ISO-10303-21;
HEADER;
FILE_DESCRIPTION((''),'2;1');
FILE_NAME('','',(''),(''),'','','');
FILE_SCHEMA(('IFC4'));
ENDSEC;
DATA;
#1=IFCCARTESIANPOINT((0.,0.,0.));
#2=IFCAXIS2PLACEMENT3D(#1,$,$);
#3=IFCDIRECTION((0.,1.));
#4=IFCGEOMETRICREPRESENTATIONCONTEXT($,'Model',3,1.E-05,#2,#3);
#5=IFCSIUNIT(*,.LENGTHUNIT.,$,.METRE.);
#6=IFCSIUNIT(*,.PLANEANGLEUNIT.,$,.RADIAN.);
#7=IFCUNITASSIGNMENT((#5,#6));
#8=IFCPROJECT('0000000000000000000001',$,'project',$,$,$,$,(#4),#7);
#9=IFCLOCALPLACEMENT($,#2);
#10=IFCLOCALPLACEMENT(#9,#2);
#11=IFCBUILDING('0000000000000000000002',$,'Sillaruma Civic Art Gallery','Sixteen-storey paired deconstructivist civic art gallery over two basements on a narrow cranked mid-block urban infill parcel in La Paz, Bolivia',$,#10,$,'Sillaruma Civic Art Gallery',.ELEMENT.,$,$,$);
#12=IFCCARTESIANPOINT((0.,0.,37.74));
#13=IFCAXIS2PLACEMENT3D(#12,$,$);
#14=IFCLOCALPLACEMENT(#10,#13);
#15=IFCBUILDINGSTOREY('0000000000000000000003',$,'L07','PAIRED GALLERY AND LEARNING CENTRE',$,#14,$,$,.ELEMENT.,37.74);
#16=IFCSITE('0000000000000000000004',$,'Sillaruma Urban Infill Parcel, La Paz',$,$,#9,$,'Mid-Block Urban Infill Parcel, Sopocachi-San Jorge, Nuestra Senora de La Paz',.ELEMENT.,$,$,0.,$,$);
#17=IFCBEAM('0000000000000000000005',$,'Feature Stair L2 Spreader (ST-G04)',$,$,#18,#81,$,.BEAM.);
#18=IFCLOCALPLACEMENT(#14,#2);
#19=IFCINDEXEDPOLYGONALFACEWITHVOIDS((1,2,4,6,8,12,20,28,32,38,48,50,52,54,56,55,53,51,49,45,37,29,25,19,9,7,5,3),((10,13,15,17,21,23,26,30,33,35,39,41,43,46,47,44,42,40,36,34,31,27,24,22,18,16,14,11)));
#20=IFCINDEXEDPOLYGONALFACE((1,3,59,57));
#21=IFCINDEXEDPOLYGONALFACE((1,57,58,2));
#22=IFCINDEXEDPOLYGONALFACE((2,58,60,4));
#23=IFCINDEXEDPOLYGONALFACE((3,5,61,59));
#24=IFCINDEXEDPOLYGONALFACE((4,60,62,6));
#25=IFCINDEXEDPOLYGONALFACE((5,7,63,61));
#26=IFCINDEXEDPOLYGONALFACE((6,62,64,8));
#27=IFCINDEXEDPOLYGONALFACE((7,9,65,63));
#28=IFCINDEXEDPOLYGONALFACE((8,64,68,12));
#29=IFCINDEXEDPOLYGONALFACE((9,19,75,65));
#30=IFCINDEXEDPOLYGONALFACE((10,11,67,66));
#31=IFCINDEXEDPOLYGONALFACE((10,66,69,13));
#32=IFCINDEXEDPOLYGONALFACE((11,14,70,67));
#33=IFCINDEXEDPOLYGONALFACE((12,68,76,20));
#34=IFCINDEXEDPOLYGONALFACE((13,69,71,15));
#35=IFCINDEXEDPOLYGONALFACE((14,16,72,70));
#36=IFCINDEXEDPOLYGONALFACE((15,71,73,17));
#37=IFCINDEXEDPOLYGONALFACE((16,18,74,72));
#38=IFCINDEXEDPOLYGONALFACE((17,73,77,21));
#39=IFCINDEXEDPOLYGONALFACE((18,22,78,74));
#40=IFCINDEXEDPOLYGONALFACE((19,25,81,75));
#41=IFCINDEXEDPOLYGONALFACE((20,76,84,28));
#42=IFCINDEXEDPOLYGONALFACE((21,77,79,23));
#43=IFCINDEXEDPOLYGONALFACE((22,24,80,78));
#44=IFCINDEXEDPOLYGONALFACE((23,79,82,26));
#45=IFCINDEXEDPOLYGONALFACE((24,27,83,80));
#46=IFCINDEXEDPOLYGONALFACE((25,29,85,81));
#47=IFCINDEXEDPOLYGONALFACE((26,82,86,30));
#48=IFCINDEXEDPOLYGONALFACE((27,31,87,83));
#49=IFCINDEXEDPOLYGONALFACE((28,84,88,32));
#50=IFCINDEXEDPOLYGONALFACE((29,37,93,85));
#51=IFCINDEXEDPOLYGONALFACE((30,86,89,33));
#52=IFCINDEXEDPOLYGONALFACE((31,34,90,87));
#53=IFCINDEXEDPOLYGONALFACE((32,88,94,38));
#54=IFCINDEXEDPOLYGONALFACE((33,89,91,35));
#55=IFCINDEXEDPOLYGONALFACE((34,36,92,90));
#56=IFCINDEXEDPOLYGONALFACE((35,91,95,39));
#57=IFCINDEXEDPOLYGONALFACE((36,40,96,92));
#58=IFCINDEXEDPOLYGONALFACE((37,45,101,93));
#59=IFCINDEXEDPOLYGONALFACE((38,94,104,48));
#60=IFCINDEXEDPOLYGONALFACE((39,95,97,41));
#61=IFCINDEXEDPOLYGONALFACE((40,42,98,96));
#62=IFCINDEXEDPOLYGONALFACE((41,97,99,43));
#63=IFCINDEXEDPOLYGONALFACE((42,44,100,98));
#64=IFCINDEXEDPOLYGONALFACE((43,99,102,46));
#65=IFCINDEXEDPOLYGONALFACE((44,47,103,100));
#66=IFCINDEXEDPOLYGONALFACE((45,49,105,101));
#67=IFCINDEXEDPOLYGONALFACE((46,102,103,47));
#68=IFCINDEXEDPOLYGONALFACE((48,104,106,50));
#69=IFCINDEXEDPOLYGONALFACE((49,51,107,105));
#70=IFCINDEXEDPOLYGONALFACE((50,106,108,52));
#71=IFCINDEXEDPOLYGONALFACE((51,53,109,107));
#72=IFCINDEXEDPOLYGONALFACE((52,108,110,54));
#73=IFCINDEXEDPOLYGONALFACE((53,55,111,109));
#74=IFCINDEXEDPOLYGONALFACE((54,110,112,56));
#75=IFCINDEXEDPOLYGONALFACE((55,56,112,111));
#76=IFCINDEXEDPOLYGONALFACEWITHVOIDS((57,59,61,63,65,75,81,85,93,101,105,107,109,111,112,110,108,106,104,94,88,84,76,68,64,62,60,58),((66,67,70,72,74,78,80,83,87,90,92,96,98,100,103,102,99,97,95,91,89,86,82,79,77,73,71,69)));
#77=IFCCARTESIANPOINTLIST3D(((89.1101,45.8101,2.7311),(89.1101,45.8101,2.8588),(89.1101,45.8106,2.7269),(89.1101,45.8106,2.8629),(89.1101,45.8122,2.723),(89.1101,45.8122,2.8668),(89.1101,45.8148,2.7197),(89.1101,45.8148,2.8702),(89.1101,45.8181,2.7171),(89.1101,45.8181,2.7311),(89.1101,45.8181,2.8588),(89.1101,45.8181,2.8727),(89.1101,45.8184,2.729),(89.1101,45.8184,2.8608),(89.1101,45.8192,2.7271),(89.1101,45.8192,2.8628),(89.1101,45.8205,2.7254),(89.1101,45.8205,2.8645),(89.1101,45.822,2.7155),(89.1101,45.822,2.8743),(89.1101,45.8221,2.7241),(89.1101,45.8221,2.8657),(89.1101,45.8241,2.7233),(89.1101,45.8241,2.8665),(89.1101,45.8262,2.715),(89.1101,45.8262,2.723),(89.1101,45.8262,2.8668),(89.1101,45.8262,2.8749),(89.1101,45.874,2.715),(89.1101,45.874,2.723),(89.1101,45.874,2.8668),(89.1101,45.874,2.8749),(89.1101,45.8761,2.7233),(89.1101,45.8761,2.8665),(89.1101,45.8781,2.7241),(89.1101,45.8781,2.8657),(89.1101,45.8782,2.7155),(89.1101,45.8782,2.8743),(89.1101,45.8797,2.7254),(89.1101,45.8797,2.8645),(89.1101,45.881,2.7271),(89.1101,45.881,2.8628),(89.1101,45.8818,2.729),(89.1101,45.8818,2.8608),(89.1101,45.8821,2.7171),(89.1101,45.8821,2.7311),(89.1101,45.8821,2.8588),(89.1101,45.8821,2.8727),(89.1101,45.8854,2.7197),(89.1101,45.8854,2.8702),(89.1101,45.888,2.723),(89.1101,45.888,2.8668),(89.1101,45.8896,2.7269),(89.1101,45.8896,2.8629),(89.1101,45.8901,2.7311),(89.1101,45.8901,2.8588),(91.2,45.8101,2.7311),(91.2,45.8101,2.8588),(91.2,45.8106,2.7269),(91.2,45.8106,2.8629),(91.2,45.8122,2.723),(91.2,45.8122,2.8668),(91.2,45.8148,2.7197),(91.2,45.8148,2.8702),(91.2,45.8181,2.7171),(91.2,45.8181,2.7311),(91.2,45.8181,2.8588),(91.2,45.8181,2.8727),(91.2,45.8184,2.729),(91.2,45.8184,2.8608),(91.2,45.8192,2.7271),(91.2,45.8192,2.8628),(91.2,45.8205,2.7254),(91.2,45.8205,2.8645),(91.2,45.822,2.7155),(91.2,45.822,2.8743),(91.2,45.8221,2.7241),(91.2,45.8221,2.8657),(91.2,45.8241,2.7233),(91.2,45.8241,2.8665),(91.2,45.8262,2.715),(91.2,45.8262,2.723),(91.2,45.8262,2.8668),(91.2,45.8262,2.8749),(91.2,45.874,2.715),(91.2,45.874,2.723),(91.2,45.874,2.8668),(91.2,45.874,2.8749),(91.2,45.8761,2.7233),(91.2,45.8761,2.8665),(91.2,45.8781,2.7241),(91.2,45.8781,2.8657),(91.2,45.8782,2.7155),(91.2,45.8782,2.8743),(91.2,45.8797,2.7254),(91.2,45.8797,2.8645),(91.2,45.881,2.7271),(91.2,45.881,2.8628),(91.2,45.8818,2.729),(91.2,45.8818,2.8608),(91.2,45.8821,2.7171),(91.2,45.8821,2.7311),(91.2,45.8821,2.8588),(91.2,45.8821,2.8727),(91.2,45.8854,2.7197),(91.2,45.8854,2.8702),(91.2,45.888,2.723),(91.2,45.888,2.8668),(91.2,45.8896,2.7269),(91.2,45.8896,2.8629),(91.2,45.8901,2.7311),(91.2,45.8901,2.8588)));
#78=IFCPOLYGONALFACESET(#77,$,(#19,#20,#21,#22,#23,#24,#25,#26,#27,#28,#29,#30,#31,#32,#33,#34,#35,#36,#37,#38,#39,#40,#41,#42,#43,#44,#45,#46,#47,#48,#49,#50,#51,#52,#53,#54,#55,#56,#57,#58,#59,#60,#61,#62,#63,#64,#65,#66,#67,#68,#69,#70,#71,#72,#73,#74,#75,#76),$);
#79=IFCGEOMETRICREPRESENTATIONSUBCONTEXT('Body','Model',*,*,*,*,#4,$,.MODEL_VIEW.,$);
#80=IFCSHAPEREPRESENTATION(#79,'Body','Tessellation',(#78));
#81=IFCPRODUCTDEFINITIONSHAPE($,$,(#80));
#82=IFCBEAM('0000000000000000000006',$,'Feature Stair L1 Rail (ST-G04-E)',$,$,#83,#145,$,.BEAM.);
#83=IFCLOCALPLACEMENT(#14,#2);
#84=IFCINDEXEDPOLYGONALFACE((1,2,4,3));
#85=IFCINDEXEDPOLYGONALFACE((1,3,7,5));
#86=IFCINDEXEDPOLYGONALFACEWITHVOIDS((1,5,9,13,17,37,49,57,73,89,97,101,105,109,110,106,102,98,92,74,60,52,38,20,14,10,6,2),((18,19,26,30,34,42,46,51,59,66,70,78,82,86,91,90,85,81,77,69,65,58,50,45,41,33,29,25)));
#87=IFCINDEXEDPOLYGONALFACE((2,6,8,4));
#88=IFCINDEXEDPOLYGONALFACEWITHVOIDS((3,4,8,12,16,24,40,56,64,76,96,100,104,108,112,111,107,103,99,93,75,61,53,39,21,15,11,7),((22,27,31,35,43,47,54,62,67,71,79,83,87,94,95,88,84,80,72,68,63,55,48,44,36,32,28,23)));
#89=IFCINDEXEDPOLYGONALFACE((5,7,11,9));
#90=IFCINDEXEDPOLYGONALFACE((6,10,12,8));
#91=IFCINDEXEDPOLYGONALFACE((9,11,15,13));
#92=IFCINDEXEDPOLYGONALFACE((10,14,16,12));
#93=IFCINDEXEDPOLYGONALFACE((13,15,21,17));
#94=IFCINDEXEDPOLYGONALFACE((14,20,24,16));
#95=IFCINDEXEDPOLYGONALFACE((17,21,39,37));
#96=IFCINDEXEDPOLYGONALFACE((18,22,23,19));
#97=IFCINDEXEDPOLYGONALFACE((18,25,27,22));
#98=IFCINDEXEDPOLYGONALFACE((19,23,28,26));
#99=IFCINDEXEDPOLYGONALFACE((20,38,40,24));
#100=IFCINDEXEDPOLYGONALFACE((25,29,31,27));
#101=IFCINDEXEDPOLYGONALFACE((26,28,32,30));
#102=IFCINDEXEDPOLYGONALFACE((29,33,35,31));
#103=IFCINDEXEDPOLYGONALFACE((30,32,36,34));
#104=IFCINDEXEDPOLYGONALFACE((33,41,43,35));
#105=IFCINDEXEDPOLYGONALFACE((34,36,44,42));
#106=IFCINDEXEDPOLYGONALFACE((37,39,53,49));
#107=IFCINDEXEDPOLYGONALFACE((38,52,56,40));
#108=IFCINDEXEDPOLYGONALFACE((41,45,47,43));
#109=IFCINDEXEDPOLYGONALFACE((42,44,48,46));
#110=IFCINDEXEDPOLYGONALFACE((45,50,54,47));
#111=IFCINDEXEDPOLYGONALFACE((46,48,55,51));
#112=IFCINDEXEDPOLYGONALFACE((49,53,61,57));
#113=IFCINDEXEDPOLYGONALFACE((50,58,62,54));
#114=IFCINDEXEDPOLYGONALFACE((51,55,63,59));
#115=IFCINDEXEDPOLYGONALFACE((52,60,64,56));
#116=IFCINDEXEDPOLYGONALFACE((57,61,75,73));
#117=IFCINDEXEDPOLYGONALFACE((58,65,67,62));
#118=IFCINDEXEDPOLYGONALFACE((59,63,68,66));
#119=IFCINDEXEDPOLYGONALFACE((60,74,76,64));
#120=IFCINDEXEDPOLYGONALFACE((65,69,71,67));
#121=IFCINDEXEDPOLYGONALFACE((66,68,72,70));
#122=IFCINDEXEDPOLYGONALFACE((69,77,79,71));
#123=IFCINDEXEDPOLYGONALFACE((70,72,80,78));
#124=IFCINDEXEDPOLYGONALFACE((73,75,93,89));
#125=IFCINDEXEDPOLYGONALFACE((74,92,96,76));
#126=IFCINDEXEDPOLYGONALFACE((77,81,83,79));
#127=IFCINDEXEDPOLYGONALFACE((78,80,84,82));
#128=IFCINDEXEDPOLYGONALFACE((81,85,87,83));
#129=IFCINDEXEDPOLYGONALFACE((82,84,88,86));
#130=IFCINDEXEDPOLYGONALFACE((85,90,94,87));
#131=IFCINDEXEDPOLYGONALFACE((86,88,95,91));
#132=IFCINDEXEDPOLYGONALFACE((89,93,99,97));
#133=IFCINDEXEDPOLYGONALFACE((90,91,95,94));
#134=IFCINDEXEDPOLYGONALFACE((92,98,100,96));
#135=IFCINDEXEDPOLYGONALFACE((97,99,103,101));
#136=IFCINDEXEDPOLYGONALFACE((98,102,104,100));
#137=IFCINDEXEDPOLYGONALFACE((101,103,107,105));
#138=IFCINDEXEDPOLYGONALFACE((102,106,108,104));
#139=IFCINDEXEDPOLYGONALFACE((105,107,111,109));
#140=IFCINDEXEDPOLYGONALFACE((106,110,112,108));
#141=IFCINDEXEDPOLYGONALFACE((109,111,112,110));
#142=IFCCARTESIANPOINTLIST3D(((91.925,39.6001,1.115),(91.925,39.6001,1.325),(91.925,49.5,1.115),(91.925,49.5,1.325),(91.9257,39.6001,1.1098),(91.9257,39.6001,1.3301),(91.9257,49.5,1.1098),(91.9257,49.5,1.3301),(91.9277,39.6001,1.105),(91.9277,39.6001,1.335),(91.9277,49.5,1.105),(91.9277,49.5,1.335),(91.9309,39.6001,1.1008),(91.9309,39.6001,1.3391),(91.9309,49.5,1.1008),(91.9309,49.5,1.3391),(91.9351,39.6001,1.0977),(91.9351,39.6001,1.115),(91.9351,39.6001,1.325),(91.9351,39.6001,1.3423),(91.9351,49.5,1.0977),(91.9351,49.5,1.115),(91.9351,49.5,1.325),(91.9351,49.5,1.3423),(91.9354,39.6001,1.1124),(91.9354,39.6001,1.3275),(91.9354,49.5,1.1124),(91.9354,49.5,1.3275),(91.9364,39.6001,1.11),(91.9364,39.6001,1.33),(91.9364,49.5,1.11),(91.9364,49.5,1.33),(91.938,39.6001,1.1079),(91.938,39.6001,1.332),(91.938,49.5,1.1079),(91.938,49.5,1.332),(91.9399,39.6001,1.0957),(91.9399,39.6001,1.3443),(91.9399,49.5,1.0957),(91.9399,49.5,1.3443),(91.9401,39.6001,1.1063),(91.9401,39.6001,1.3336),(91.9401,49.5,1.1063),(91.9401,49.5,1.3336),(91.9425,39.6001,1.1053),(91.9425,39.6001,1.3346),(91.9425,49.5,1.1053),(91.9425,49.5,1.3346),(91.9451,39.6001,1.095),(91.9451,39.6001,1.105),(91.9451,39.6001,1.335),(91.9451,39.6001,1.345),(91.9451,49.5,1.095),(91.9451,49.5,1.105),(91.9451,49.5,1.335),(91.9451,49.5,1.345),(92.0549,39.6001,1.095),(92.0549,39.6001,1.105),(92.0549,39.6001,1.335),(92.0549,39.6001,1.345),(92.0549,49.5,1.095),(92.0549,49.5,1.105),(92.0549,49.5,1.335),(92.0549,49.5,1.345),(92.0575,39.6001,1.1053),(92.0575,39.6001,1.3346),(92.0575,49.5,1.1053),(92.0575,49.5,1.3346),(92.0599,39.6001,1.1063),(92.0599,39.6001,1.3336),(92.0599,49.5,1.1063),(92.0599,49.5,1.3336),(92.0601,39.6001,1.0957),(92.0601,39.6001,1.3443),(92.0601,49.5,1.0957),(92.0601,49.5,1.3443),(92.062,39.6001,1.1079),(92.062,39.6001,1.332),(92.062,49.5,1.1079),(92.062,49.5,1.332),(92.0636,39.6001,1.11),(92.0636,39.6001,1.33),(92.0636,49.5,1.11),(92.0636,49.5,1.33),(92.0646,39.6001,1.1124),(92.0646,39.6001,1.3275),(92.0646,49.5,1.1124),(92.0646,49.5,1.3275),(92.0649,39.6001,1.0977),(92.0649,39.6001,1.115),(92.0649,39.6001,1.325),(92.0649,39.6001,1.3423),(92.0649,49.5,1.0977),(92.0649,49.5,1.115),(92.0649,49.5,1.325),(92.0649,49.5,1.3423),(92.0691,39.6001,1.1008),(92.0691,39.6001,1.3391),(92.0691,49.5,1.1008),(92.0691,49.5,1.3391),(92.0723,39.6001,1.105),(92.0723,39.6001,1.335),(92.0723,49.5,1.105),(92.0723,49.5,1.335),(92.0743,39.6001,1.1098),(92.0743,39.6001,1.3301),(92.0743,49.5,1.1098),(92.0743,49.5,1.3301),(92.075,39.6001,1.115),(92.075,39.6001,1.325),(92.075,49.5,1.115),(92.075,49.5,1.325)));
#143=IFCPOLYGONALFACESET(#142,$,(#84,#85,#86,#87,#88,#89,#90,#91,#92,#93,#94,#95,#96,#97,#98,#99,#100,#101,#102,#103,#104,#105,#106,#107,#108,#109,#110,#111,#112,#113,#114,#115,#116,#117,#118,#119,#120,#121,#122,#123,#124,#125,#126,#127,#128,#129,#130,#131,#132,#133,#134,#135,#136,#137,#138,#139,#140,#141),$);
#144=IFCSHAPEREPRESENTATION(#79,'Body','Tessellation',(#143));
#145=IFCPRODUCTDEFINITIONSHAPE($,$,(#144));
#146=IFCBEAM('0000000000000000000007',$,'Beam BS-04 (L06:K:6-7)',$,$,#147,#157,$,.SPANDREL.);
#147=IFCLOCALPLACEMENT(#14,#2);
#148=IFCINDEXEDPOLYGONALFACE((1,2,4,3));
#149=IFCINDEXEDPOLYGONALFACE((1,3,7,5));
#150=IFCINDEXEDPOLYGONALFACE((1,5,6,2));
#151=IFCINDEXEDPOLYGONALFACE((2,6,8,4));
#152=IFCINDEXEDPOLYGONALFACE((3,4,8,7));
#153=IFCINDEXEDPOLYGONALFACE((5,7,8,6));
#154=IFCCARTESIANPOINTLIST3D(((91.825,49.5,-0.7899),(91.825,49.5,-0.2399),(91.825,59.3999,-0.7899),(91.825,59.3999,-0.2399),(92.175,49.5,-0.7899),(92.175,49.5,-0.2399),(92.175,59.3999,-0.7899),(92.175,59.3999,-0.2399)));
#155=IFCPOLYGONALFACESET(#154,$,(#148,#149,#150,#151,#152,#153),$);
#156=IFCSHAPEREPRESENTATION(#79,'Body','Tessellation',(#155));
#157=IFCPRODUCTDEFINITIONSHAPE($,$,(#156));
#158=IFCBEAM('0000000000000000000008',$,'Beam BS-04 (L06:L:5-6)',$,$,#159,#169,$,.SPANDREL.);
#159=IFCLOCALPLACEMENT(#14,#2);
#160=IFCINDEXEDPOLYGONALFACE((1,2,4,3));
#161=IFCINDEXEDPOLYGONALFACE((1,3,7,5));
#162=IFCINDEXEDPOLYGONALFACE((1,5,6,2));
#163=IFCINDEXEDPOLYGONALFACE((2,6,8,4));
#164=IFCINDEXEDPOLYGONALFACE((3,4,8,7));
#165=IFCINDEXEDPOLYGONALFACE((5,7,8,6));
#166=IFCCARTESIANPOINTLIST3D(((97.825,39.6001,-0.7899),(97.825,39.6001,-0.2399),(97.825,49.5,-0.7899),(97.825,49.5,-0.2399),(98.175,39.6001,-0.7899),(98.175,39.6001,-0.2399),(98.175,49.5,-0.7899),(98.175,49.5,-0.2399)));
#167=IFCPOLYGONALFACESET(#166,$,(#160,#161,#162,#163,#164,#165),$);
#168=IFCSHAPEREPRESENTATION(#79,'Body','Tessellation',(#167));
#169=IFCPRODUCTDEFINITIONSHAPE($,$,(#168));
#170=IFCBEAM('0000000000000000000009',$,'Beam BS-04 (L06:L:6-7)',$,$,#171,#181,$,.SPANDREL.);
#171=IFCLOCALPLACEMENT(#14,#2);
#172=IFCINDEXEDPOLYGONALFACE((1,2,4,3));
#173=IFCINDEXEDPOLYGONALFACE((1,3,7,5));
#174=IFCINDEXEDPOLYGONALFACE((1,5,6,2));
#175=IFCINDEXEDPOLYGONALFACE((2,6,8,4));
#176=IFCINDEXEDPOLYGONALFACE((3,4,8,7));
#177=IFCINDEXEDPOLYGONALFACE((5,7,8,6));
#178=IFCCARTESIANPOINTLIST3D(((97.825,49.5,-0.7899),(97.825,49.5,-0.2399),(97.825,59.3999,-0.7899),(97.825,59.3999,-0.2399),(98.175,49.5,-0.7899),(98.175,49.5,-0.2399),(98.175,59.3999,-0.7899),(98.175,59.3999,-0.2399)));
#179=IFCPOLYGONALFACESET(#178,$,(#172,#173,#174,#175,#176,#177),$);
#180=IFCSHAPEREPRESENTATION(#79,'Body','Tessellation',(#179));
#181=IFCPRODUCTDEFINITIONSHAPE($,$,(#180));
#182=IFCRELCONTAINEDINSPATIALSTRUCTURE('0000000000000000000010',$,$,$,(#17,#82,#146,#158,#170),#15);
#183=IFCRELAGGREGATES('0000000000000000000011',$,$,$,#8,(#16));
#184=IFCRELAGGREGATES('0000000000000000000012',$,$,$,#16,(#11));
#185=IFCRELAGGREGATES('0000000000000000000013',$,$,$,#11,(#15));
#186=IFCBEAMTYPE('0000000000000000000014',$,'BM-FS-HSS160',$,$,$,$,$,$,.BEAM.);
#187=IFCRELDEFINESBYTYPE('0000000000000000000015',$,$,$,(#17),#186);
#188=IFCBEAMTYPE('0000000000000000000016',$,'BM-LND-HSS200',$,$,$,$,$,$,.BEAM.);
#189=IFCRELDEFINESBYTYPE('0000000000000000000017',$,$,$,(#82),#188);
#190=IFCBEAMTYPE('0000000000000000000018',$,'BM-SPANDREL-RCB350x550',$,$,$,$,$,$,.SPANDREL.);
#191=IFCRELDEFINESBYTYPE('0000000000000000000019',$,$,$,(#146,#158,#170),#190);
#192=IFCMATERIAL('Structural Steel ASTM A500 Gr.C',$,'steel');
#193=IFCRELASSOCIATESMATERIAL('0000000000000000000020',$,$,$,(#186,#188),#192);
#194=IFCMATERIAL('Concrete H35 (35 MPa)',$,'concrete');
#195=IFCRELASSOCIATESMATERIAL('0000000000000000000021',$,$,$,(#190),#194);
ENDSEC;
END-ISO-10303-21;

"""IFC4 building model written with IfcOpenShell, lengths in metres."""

from ifc_helpers import new_model, si_unit, direction, frame, origin, origin_2d, place, context, subcontext, project, spatial, rectangle, hollow_rectangle, extrude, material, material_profile, profile_set, type_object, element, save


model = new_model("IFC4")

# Units and contexts
model_context = context("Model", 3, precision=1e-05, world=origin(), true_north=direction((0.0, 1.0)))
body_context = subcontext(model_context, "Body", "Model", "MODEL_VIEW")
ifc_project = project(units=[si_unit("LENGTHUNIT", "METRE"), si_unit("PLANEANGLEUNIT", "RADIAN")], contexts=[model_context])

# Site, building, storey
site_placement = place(None, origin())
site = spatial("IfcSite", under=ifc_project, at=site_placement, Name="Sillaruma Urban Infill Parcel, La Paz", LongName="Mid-Block Urban Infill Parcel, Sopocachi-San Jorge, Nuestra Senora de La Paz", CompositionType="ELEMENT", RefElevation=0.0)
building_placement = place(site_placement, origin())
building = spatial("IfcBuilding", under=site, at=building_placement, Name="Sillaruma Civic Art Gallery", Description="Sixteen-storey paired deconstructivist civic art gallery over two basements on a narrow cranked mid-block urban infill parcel in La Paz, Bolivia", LongName="Sillaruma Civic Art Gallery", CompositionType="ELEMENT")
storey_placement = place(building_placement, frame((0.0, 0.0, 37.74)))
storey = spatial("IfcBuildingStorey", under=building, at=storey_placement, Name="L07", Description="PAIRED GALLERY AND LEARNING CENTRE", CompositionType="ELEMENT", Elevation=37.74)

# Beams
ifc_material_1 = material(Name="Concrete H35 (35 MPa)", Category="concrete")
ifc_material_2 = material(Name="Structural Steel ASTM A500 Gr.C", Category="steel")
ifc_material_profile_1 = material_profile(ifc_material_2, hollow_rectangle(XDim=0.0801, YDim=0.1599, WallThickness=0.0081, InnerFilletRadius=0.0081, OuterFilletRadius=0.0161, at=origin_2d()), Name="HSS160x80x8")
ifc_profile_set_1 = profile_set([ifc_material_profile_1], Name="Structural Steel ASTM A500 Gr.C")
beam_type_1 = type_object("IfcBeamType", Name="BM-FS-HSS160", PredefinedType="BEAM", material=ifc_profile_set_1)
beam_1_placement = place(storey_placement, frame((89.1101, 45.8501, 2.7949), z_axis=(1.0, 0.0, 0.0), x_axis=(0.0, 1.0, 0.0)))
element("IfcBeam", 1, at=beam_1_placement, inside=storey, type_object=beam_type_1, Name="Feature Stair L2 Spreader (ST-G04)", PredefinedType="BEAM", context=body_context, shape_type="SweptSolid", body=[
    extrude(hollow_rectangle(XDim=0.0801, YDim=0.1599, WallThickness=0.0081, InnerFilletRadius=0.0081, OuterFilletRadius=0.0161, at=origin_2d()), origin(), (0.0, 0.0, 1.0), 2.0898),
])
ifc_material_profile_2 = material_profile(ifc_material_2, hollow_rectangle(XDim=0.1499, YDim=0.25, WallThickness=0.01, InnerFilletRadius=0.01, OuterFilletRadius=0.02, at=origin_2d()), Name="HSS250x150x10")
ifc_profile_set_2 = profile_set([ifc_material_profile_2], Name="Structural Steel ASTM A500 Gr.C")
beam_type_2 = type_object("IfcBeamType", Name="BM-LND-HSS200", PredefinedType="BEAM", material=ifc_profile_set_2)
beam_2_placement = place(storey_placement, frame((92.0, 39.6001, 1.22), z_axis=(0.0, 1.0, 0.0), x_axis=(-1.0, 0.0, 0.0)))
element("IfcBeam", 2, at=beam_2_placement, inside=storey, type_object=beam_type_2, Name="Feature Stair L1 Rail (ST-G04-E)", PredefinedType="BEAM", context=body_context, shape_type="SweptSolid", body=[
    extrude(hollow_rectangle(XDim=0.1499, YDim=0.25, WallThickness=0.01, InnerFilletRadius=0.01, OuterFilletRadius=0.02, at=origin_2d()), origin(), (0.0, 0.0, 1.0), 9.8999),
])
ifc_material_profile_3 = material_profile(ifc_material_1, rectangle(XDim=0.3501, YDim=0.55, at=origin_2d()), Name="RCB350x550")
ifc_profile_set_3 = profile_set([ifc_material_profile_3], Name="Concrete H35 (35 MPa)")
beam_type_3 = type_object("IfcBeamType", Name="BM-SPANDREL-RCB350x550", PredefinedType="SPANDREL", material=ifc_profile_set_3)
for number, where, z_axis, x_axis, name in (
    (3, (92.0, 49.5, -0.5149), (0.0, 1.0, 0.0), (-1.0, 0.0, 0.0), "Beam BS-04 (L06:K:6-7)"),
    (4, (98.0, 39.6001, -0.5149), (0.0, 1.0, 0.0), (-1.0, 0.0, 0.0), "Beam BS-04 (L06:L:5-6)"),
    (5, (98.0, 49.5, -0.5149), (0.0, 1.0, 0.0), (-1.0, 0.0, 0.0), "Beam BS-04 (L06:L:6-7)"),
):
    element("IfcBeam", number, at=place(storey_placement, frame(where, z_axis=z_axis, x_axis=x_axis)), inside=storey, type_object=beam_type_3, Name=name, PredefinedType="SPANDREL", context=body_context, shape_type="SweptSolid", body=[
        extrude(rectangle(XDim=0.3501, YDim=0.55, at=origin_2d()), origin(), (0.0, 0.0, 1.0), 9.8999),
    ])

save(model, "model.ifc")
